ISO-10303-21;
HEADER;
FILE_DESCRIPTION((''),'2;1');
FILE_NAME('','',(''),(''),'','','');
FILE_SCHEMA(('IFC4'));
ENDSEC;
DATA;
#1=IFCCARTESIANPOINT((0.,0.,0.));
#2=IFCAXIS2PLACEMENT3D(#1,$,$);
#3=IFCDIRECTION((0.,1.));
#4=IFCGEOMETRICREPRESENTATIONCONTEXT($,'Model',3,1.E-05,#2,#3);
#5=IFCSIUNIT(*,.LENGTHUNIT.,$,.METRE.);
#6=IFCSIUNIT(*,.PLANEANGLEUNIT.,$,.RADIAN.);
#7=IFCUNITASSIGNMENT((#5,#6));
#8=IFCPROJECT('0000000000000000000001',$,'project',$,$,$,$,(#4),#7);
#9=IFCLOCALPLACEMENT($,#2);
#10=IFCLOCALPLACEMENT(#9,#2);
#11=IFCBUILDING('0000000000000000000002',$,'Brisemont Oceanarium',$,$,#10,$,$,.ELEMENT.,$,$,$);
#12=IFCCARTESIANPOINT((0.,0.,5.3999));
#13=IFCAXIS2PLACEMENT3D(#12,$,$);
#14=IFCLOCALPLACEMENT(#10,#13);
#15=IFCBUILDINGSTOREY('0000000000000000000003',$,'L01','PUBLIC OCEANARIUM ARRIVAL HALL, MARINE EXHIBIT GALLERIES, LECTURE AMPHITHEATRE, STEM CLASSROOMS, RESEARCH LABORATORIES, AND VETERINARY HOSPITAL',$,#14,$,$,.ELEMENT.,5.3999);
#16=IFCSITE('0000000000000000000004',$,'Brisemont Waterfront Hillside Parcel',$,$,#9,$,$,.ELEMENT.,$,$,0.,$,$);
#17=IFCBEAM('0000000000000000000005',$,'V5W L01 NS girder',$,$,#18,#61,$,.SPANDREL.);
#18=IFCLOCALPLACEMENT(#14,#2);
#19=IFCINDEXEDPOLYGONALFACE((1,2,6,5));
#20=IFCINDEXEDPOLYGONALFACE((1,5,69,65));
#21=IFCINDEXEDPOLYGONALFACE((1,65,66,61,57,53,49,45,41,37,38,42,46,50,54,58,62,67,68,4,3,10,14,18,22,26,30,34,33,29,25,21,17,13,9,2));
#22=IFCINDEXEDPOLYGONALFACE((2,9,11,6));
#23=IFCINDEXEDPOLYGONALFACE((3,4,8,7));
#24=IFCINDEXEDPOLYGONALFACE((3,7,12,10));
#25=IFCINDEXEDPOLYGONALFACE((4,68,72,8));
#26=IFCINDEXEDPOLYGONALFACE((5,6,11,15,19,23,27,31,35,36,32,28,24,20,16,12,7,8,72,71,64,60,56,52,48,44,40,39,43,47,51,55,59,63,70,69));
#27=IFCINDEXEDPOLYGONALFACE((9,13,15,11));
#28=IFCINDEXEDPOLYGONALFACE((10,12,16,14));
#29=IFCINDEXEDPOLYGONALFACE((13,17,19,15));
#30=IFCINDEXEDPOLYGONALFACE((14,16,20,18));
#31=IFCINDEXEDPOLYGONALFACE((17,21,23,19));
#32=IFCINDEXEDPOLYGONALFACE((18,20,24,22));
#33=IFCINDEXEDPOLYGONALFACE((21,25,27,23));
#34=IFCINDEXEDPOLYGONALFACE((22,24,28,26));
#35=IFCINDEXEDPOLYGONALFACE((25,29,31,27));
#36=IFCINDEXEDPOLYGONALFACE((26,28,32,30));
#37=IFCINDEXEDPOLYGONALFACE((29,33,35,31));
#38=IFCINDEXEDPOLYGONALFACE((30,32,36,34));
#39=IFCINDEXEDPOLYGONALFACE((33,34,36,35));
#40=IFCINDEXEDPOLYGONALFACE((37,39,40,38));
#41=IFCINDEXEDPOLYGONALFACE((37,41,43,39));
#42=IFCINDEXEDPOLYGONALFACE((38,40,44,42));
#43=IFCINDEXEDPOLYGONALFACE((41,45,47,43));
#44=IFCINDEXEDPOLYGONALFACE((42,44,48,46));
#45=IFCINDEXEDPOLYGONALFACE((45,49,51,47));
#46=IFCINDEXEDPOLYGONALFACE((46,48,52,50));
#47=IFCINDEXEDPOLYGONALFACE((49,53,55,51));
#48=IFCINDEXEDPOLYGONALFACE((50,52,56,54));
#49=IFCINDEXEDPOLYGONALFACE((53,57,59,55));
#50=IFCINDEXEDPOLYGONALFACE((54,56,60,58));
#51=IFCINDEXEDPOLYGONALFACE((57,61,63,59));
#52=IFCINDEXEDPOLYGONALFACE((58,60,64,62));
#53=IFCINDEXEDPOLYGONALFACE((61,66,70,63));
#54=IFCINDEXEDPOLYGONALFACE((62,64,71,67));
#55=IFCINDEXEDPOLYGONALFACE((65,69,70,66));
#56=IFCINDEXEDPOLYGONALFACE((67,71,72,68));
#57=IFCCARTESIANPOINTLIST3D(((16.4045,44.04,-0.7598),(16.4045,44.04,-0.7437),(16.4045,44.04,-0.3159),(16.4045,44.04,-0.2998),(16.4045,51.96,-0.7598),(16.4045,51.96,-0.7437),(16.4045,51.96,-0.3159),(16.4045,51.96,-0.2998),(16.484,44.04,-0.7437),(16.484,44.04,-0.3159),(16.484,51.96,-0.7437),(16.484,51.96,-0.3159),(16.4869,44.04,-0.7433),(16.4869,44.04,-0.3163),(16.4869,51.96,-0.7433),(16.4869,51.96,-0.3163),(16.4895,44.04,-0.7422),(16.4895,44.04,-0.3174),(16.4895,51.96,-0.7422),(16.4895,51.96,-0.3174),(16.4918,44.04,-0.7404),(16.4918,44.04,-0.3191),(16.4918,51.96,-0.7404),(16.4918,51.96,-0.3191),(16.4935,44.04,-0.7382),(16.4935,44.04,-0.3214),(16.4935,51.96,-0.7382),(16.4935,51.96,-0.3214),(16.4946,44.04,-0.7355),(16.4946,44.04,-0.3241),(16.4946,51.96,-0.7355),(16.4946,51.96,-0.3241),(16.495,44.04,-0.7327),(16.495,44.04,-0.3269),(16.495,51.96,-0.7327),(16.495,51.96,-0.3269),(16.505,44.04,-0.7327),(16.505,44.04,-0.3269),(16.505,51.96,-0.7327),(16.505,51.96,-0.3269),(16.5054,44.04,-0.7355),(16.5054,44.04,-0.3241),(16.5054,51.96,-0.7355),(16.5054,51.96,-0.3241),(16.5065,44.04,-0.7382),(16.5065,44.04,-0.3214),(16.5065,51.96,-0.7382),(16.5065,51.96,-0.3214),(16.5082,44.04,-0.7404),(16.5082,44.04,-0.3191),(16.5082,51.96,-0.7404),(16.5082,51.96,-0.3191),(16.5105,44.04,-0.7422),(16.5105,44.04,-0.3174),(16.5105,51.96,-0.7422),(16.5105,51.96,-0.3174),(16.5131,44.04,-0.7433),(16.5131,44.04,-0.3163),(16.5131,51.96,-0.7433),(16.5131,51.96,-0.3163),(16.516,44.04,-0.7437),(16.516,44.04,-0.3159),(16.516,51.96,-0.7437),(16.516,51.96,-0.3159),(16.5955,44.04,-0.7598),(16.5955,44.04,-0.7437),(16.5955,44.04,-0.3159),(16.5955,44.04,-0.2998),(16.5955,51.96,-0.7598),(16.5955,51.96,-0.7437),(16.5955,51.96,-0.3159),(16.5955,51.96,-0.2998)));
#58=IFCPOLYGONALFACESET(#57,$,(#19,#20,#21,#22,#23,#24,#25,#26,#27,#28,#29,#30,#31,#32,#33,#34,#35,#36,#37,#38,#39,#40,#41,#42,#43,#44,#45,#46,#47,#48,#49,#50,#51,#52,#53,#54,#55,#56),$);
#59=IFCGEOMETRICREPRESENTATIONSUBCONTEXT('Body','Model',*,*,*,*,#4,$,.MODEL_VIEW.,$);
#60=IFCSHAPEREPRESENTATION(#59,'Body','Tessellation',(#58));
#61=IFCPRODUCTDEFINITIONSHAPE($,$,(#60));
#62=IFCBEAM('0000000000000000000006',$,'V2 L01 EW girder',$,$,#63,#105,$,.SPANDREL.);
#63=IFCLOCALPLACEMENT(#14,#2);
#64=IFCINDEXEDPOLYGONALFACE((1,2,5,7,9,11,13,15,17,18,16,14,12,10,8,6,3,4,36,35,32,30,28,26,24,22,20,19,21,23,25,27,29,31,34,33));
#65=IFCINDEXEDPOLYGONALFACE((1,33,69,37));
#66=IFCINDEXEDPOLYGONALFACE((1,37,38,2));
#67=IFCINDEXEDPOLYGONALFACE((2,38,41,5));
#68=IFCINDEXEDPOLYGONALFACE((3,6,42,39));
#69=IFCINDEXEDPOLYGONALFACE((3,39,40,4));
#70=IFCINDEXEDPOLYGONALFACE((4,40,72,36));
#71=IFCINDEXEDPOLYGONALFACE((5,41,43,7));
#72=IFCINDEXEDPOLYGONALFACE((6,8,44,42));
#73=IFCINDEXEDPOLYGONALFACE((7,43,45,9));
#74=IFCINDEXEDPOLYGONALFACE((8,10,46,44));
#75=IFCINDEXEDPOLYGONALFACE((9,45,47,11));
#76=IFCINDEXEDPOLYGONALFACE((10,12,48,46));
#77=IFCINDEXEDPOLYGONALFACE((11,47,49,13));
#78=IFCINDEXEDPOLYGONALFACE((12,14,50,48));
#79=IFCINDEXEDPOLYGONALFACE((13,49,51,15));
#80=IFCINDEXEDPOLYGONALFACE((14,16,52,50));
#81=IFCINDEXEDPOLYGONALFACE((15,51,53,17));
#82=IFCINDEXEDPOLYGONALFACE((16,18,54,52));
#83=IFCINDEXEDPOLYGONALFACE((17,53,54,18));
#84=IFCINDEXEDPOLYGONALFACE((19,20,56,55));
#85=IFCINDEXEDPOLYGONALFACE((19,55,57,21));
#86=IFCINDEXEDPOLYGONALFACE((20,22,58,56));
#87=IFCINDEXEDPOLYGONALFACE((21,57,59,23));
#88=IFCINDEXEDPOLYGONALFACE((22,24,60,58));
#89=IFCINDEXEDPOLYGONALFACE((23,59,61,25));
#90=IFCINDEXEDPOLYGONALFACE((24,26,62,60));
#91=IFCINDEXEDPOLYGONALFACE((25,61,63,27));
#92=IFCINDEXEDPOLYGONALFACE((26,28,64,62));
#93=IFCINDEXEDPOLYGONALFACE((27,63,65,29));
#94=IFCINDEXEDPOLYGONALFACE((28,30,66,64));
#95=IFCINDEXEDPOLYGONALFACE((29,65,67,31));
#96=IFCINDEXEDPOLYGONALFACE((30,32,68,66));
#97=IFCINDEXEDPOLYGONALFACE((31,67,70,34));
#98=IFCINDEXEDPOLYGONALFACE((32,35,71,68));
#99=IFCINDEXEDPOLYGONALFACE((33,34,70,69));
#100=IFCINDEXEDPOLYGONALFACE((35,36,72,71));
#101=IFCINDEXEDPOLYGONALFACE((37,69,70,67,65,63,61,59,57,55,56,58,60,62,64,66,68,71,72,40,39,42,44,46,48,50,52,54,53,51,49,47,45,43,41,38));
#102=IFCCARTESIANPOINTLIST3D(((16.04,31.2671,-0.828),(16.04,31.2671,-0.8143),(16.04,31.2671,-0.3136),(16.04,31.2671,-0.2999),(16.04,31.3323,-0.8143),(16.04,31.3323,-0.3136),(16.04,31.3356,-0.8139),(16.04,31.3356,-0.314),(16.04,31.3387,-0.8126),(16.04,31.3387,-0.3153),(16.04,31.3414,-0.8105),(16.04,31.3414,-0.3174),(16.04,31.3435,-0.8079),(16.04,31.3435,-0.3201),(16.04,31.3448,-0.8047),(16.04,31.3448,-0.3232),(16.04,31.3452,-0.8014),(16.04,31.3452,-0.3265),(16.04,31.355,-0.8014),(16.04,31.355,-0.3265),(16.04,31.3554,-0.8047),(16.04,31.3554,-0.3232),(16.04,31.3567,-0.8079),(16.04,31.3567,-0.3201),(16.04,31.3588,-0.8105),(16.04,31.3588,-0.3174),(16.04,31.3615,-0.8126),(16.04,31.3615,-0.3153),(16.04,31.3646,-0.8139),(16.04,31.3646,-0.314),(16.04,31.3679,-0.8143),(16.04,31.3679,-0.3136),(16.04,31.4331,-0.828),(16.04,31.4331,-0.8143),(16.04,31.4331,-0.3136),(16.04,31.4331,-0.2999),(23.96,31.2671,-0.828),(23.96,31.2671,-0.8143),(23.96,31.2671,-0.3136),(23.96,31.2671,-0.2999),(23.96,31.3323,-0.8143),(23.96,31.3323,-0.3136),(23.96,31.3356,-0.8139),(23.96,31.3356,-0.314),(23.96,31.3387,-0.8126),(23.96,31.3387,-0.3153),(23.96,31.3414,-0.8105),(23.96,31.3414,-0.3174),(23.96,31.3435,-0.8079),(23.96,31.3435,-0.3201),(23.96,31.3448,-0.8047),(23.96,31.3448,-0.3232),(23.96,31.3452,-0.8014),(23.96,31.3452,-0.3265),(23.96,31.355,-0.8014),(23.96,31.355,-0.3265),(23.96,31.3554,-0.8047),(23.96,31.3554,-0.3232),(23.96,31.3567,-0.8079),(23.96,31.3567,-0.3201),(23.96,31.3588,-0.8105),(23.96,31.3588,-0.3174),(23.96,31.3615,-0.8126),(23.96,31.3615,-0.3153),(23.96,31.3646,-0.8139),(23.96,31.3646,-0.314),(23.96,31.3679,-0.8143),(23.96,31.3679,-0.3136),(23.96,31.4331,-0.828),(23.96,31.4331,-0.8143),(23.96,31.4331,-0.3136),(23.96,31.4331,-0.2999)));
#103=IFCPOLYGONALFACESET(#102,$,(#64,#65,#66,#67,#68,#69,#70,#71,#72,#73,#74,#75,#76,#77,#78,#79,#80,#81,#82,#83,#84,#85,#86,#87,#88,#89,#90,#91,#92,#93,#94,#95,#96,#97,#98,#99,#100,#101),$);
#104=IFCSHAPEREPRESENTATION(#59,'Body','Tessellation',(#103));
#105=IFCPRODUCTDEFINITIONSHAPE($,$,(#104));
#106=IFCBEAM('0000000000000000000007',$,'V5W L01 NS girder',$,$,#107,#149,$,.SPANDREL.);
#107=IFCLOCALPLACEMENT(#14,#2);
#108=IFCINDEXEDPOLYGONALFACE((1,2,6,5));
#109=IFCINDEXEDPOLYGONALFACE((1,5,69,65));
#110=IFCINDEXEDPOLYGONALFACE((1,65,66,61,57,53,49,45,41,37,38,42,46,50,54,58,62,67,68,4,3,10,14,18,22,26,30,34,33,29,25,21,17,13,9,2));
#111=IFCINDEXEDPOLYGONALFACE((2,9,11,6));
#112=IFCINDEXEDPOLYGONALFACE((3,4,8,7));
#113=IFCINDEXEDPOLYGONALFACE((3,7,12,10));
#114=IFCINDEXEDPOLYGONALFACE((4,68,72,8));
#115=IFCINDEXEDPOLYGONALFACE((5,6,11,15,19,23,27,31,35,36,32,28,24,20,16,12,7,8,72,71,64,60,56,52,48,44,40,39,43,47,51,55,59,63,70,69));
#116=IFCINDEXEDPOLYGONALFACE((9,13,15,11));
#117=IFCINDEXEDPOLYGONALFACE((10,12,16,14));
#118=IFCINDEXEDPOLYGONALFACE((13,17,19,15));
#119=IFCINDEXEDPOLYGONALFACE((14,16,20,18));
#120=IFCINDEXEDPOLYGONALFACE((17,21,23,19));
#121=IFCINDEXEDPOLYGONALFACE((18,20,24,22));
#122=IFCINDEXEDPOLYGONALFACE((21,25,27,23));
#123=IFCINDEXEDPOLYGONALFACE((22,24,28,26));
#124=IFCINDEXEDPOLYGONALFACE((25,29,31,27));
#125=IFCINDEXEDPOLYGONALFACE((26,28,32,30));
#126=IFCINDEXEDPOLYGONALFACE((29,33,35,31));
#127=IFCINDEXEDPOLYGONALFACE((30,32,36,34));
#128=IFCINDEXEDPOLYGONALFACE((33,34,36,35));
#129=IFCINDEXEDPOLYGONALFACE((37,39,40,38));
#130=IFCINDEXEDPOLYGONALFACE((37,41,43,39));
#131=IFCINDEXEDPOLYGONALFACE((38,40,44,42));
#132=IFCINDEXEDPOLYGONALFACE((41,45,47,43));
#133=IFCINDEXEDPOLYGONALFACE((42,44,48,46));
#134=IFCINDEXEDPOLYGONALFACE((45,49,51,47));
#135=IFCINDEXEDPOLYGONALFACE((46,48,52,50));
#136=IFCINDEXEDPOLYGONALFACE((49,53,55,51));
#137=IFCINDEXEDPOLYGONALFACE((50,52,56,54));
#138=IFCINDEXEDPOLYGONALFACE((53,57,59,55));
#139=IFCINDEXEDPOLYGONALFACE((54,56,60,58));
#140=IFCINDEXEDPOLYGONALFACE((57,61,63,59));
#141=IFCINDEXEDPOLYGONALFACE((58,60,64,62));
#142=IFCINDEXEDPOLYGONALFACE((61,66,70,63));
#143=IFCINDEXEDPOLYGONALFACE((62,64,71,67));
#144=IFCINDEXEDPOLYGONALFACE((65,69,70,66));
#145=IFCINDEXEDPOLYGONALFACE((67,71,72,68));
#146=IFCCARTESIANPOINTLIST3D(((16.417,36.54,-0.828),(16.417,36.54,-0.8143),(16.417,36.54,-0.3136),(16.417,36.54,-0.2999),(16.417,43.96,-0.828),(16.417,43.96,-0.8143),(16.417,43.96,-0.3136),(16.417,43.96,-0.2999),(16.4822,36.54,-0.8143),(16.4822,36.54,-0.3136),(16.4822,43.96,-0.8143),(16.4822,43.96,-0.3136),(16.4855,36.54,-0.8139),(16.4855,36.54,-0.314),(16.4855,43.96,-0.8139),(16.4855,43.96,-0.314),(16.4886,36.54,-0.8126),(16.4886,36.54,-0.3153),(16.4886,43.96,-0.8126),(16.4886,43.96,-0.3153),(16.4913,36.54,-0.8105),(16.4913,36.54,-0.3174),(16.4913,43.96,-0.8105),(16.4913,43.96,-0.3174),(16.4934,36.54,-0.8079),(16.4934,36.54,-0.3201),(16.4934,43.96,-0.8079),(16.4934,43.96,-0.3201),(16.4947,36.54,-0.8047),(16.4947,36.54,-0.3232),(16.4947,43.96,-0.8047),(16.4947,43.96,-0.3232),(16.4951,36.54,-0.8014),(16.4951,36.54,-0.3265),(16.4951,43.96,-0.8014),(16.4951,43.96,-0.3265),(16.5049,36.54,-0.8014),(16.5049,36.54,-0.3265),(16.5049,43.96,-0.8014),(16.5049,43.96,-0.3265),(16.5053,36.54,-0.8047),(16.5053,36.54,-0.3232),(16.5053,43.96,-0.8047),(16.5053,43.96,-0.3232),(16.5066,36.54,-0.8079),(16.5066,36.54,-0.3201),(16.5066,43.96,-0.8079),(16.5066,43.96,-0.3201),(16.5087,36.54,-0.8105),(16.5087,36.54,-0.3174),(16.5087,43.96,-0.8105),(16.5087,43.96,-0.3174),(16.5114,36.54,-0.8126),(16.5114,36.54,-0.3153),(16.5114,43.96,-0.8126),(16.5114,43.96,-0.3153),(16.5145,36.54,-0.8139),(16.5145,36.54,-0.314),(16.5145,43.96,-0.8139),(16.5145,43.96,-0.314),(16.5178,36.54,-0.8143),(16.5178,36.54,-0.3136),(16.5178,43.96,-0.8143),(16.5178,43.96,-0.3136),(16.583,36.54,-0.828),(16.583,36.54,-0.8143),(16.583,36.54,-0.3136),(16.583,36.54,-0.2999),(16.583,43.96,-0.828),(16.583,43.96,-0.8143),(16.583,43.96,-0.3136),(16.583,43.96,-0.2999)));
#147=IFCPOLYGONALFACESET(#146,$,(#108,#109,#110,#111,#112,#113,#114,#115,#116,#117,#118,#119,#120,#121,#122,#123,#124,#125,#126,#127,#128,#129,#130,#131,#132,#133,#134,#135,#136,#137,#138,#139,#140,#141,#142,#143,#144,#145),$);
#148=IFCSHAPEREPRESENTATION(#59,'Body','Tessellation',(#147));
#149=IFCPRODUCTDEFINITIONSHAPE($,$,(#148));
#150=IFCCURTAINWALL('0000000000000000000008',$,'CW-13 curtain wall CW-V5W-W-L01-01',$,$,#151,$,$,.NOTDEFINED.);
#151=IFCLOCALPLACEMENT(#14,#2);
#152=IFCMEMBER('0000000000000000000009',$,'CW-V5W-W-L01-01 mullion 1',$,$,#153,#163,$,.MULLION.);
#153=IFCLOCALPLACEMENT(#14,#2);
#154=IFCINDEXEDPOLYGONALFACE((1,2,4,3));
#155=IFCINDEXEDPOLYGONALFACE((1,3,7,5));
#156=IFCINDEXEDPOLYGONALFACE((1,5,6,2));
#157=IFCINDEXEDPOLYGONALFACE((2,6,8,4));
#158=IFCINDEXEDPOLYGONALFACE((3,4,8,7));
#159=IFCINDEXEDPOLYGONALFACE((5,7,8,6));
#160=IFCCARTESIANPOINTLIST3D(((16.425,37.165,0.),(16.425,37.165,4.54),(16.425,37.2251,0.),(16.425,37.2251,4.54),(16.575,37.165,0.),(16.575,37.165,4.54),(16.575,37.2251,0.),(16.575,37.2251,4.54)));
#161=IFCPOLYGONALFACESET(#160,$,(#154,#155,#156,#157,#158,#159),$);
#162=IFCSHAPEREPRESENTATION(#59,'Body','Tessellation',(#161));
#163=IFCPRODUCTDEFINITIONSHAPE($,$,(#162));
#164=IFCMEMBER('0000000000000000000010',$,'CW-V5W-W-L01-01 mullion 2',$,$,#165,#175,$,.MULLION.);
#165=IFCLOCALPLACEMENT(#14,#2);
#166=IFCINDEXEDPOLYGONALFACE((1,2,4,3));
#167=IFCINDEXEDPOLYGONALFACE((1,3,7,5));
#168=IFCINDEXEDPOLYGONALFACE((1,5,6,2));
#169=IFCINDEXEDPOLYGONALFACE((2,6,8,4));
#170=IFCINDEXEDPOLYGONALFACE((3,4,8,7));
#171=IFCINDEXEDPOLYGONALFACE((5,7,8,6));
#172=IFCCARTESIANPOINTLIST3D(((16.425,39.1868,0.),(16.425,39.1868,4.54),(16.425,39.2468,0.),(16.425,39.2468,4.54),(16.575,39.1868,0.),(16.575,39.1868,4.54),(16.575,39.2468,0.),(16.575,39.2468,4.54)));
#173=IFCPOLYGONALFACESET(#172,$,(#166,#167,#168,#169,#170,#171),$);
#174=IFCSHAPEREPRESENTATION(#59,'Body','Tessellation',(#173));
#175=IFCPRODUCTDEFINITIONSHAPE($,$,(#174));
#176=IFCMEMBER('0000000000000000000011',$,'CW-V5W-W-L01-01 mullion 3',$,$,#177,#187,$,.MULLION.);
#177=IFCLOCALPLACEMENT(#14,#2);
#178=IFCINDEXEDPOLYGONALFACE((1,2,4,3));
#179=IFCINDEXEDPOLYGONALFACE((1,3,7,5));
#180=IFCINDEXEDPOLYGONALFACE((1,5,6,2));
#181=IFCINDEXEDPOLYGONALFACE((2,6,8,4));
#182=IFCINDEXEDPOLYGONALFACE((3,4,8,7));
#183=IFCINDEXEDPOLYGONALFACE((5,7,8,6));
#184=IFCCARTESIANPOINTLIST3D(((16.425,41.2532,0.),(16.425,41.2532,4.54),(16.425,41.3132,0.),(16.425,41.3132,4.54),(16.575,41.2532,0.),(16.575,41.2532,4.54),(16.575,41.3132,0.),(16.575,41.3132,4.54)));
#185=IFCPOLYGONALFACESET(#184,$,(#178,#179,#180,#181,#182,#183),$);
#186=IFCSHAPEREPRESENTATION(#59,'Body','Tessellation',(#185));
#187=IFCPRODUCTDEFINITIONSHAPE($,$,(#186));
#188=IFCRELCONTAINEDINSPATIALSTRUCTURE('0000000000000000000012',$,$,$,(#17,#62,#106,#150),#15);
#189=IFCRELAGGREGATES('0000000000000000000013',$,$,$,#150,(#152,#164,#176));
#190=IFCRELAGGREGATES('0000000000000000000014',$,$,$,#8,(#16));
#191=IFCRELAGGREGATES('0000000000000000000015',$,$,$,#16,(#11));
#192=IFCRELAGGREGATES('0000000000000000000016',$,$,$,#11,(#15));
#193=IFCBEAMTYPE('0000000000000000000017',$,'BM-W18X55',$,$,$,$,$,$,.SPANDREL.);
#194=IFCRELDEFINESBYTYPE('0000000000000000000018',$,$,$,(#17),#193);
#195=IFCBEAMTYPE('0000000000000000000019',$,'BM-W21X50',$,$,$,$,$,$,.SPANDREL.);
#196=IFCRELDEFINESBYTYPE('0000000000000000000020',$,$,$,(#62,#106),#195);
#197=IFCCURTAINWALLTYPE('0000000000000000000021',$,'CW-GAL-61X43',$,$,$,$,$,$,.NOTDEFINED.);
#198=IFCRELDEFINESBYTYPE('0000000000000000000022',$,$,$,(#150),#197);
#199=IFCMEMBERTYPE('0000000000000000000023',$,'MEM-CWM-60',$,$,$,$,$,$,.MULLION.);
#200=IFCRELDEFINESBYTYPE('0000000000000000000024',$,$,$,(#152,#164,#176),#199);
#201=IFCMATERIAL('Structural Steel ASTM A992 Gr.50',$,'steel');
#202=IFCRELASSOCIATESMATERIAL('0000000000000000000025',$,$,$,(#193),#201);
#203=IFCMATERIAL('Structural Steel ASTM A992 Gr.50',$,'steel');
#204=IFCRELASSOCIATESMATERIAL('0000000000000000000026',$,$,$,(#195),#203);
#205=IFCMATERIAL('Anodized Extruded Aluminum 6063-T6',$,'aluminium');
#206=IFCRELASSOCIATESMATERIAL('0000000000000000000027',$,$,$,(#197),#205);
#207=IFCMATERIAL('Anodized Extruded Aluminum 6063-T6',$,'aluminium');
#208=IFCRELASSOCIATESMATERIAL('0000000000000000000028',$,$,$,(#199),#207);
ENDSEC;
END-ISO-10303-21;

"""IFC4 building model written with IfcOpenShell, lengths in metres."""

from ifc_helpers import new_model, si_unit, direction, frame, origin, origin_2d, place, context, subcontext, project, spatial, rectangle, i_section, extrude, material, material_profile, profile_set, type_object, element, aggregate, save


model = new_model("IFC4")

# Units and contexts
model_context = context("Model", 3, precision=1e-05, world=origin(), true_north=direction((0.0, 1.0)))
body_context = subcontext(model_context, "Body", "Model", "MODEL_VIEW")
ifc_project = project(units=[si_unit("LENGTHUNIT", "METRE"), si_unit("PLANEANGLEUNIT", "RADIAN")], contexts=[model_context])

# Site, building, storey
site_placement = place(None, origin())
site = spatial("IfcSite", under=ifc_project, at=site_placement, Name="Brisemont Waterfront Hillside Parcel", CompositionType="ELEMENT", RefElevation=0.0)
building_placement = place(site_placement, origin())
building = spatial("IfcBuilding", under=site, at=building_placement, Name="Brisemont Oceanarium", CompositionType="ELEMENT")
storey_placement = place(building_placement, frame((0.0, 0.0, 5.3999)))
storey = spatial("IfcBuildingStorey", under=building, at=storey_placement, Name="L01", Description="PUBLIC OCEANARIUM ARRIVAL HALL, MARINE EXHIBIT GALLERIES, LECTURE AMPHITHEATRE, STEM CLASSROOMS, RESEARCH LABORATORIES, AND VETERINARY HOSPITAL", CompositionType="ELEMENT", Elevation=5.3999)

# Beams
ifc_material_1 = material(Name="Structural Steel ASTM A992 Gr.50", Category="steel")
ifc_material_profile_1 = material_profile(ifc_material_1, i_section(OverallWidth=0.1909, OverallDepth=0.46, WebThickness=0.01, FlangeThickness=0.0161, FilletRadius=0.011, at=origin_2d()), Name="W18X55")
ifc_profile_set_1 = profile_set([ifc_material_profile_1], Name="Structural Steel ASTM A992 Gr.50")
beam_type_1 = type_object("IfcBeamType", Name="BM-W18X55", PredefinedType="SPANDREL", material=ifc_profile_set_1)
beam_1_placement = place(storey_placement, frame((16.5, 44.04, -0.5298), z_axis=(0.0, 1.0, 0.0), x_axis=(-1.0, 0.0, 0.0)))
element("IfcBeam", 1, at=beam_1_placement, inside=storey, type_object=beam_type_1, Name="V5W L01 NS girder", PredefinedType="SPANDREL", context=body_context, shape_type="SweptSolid", body=[
    extrude(i_section(OverallWidth=0.1909, OverallDepth=0.46, WebThickness=0.01, FlangeThickness=0.0161, FilletRadius=0.011, at=origin_2d()), origin(), (0.0, 0.0, 1.0), 7.9199),
])
ifc_material_2 = material(Name="Structural Steel ASTM A992 Gr.50", Category="steel")
ifc_material_profile_2 = material_profile(ifc_material_2, i_section(OverallWidth=0.166, OverallDepth=0.5281, WebThickness=0.0098, FlangeThickness=0.0137, FilletRadius=0.0129, at=origin_2d()), Name="W21X50")
ifc_profile_set_2 = profile_set([ifc_material_profile_2], Name="Structural Steel ASTM A992 Gr.50")
beam_type_2 = type_object("IfcBeamType", Name="BM-W21X50", PredefinedType="SPANDREL", material=ifc_profile_set_2)
beam_2_placement = place(storey_placement, frame((16.04, 31.3501, -0.564), z_axis=(1.0, 0.0, 0.0), x_axis=(0.0, 1.0, 0.0)))
element("IfcBeam", 2, at=beam_2_placement, inside=storey, type_object=beam_type_2, Name="V2 L01 EW girder", PredefinedType="SPANDREL", context=body_context, shape_type="SweptSolid", body=[
    extrude(i_section(OverallWidth=0.166, OverallDepth=0.5281, WebThickness=0.0098, FlangeThickness=0.0137, FilletRadius=0.0129, at=origin_2d()), origin(), (0.0, 0.0, 1.0), 7.9199),
])
beam_3_placement = place(storey_placement, frame((16.5, 36.54, -0.564), z_axis=(0.0, 1.0, 0.0), x_axis=(-1.0, 0.0, 0.0)))
element("IfcBeam", 3, at=beam_3_placement, inside=storey, type_object=beam_type_2, Name="V5W L01 NS girder", PredefinedType="SPANDREL", context=body_context, shape_type="SweptSolid", body=[
    extrude(i_section(OverallWidth=0.166, OverallDepth=0.5281, WebThickness=0.0098, FlangeThickness=0.0137, FilletRadius=0.0129, at=origin_2d()), origin(), (0.0, 0.0, 1.0), 7.4199),
])

# Curtain wall, members
ifc_material_3 = material(Name="Anodized Extruded Aluminum 6063-T6", Category="aluminium")
curtain_wall_type = type_object("IfcCurtainWallType", Name="CW-GAL-61X43", PredefinedType="NOTDEFINED", material=ifc_material_3)
curtain_wall_1_placement = place(storey_placement, origin())
curtain_wall_1 = element("IfcCurtainWall", 4, at=curtain_wall_1_placement, inside=storey, type_object=curtain_wall_type, Name="CW-13 curtain wall CW-V5W-W-L01-01", PredefinedType="NOTDEFINED")
ifc_material_4 = material(Name="Anodized Extruded Aluminum 6063-T6", Category="aluminium")
ifc_material_profile_3 = material_profile(ifc_material_4, rectangle(XDim=0.0601, YDim=0.1499, at=origin_2d()), Name="CWM-60X150")
ifc_profile_set_3 = profile_set([ifc_material_profile_3], Name="Anodized Extruded Aluminum 6063-T6")
member_type_1 = type_object("IfcMemberType", Name="MEM-CWM-60", PredefinedType="MULLION", material=ifc_profile_set_3)
member_1_placement = place(storey_placement, frame((16.5, 37.1951, 0.0), z_axis=(0.0, 0.0, 1.0), x_axis=(0.0, 1.0, 0.0)))
member_1 = element("IfcMember", 5, at=member_1_placement, type_object=member_type_1, Name="CW-V5W-W-L01-01 mullion 1", PredefinedType="MULLION", context=body_context, shape_type="SweptSolid", body=[
    extrude(rectangle(XDim=0.0601, YDim=0.1499, at=origin_2d()), origin(), (0.0, 0.0, 1.0), 4.54),
])
member_2_placement = place(storey_placement, frame((16.5, 39.2168, 0.0), z_axis=(0.0, 0.0, 1.0), x_axis=(0.0, 1.0, 0.0)))
member_2 = element("IfcMember", 6, at=member_2_placement, type_object=member_type_1, Name="CW-V5W-W-L01-01 mullion 2", PredefinedType="MULLION", context=body_context, shape_type="SweptSolid", body=[
    extrude(rectangle(XDim=0.0601, YDim=0.1499, at=origin_2d()), origin(), (0.0, 0.0, 1.0), 4.54),
])
member_3_placement = place(storey_placement, frame((16.5, 41.2832, 0.0), z_axis=(0.0, 0.0, 1.0), x_axis=(0.0, 1.0, 0.0)))
member_3 = element("IfcMember", 7, at=member_3_placement, type_object=member_type_1, Name="CW-V5W-W-L01-01 mullion 3", PredefinedType="MULLION", context=body_context, shape_type="SweptSolid", body=[
    extrude(rectangle(XDim=0.0601, YDim=0.1499, at=origin_2d()), origin(), (0.0, 0.0, 1.0), 4.54),
])

aggregate(curtain_wall_1, [member_1, member_2, member_3])

save(model, "model.ifc")
